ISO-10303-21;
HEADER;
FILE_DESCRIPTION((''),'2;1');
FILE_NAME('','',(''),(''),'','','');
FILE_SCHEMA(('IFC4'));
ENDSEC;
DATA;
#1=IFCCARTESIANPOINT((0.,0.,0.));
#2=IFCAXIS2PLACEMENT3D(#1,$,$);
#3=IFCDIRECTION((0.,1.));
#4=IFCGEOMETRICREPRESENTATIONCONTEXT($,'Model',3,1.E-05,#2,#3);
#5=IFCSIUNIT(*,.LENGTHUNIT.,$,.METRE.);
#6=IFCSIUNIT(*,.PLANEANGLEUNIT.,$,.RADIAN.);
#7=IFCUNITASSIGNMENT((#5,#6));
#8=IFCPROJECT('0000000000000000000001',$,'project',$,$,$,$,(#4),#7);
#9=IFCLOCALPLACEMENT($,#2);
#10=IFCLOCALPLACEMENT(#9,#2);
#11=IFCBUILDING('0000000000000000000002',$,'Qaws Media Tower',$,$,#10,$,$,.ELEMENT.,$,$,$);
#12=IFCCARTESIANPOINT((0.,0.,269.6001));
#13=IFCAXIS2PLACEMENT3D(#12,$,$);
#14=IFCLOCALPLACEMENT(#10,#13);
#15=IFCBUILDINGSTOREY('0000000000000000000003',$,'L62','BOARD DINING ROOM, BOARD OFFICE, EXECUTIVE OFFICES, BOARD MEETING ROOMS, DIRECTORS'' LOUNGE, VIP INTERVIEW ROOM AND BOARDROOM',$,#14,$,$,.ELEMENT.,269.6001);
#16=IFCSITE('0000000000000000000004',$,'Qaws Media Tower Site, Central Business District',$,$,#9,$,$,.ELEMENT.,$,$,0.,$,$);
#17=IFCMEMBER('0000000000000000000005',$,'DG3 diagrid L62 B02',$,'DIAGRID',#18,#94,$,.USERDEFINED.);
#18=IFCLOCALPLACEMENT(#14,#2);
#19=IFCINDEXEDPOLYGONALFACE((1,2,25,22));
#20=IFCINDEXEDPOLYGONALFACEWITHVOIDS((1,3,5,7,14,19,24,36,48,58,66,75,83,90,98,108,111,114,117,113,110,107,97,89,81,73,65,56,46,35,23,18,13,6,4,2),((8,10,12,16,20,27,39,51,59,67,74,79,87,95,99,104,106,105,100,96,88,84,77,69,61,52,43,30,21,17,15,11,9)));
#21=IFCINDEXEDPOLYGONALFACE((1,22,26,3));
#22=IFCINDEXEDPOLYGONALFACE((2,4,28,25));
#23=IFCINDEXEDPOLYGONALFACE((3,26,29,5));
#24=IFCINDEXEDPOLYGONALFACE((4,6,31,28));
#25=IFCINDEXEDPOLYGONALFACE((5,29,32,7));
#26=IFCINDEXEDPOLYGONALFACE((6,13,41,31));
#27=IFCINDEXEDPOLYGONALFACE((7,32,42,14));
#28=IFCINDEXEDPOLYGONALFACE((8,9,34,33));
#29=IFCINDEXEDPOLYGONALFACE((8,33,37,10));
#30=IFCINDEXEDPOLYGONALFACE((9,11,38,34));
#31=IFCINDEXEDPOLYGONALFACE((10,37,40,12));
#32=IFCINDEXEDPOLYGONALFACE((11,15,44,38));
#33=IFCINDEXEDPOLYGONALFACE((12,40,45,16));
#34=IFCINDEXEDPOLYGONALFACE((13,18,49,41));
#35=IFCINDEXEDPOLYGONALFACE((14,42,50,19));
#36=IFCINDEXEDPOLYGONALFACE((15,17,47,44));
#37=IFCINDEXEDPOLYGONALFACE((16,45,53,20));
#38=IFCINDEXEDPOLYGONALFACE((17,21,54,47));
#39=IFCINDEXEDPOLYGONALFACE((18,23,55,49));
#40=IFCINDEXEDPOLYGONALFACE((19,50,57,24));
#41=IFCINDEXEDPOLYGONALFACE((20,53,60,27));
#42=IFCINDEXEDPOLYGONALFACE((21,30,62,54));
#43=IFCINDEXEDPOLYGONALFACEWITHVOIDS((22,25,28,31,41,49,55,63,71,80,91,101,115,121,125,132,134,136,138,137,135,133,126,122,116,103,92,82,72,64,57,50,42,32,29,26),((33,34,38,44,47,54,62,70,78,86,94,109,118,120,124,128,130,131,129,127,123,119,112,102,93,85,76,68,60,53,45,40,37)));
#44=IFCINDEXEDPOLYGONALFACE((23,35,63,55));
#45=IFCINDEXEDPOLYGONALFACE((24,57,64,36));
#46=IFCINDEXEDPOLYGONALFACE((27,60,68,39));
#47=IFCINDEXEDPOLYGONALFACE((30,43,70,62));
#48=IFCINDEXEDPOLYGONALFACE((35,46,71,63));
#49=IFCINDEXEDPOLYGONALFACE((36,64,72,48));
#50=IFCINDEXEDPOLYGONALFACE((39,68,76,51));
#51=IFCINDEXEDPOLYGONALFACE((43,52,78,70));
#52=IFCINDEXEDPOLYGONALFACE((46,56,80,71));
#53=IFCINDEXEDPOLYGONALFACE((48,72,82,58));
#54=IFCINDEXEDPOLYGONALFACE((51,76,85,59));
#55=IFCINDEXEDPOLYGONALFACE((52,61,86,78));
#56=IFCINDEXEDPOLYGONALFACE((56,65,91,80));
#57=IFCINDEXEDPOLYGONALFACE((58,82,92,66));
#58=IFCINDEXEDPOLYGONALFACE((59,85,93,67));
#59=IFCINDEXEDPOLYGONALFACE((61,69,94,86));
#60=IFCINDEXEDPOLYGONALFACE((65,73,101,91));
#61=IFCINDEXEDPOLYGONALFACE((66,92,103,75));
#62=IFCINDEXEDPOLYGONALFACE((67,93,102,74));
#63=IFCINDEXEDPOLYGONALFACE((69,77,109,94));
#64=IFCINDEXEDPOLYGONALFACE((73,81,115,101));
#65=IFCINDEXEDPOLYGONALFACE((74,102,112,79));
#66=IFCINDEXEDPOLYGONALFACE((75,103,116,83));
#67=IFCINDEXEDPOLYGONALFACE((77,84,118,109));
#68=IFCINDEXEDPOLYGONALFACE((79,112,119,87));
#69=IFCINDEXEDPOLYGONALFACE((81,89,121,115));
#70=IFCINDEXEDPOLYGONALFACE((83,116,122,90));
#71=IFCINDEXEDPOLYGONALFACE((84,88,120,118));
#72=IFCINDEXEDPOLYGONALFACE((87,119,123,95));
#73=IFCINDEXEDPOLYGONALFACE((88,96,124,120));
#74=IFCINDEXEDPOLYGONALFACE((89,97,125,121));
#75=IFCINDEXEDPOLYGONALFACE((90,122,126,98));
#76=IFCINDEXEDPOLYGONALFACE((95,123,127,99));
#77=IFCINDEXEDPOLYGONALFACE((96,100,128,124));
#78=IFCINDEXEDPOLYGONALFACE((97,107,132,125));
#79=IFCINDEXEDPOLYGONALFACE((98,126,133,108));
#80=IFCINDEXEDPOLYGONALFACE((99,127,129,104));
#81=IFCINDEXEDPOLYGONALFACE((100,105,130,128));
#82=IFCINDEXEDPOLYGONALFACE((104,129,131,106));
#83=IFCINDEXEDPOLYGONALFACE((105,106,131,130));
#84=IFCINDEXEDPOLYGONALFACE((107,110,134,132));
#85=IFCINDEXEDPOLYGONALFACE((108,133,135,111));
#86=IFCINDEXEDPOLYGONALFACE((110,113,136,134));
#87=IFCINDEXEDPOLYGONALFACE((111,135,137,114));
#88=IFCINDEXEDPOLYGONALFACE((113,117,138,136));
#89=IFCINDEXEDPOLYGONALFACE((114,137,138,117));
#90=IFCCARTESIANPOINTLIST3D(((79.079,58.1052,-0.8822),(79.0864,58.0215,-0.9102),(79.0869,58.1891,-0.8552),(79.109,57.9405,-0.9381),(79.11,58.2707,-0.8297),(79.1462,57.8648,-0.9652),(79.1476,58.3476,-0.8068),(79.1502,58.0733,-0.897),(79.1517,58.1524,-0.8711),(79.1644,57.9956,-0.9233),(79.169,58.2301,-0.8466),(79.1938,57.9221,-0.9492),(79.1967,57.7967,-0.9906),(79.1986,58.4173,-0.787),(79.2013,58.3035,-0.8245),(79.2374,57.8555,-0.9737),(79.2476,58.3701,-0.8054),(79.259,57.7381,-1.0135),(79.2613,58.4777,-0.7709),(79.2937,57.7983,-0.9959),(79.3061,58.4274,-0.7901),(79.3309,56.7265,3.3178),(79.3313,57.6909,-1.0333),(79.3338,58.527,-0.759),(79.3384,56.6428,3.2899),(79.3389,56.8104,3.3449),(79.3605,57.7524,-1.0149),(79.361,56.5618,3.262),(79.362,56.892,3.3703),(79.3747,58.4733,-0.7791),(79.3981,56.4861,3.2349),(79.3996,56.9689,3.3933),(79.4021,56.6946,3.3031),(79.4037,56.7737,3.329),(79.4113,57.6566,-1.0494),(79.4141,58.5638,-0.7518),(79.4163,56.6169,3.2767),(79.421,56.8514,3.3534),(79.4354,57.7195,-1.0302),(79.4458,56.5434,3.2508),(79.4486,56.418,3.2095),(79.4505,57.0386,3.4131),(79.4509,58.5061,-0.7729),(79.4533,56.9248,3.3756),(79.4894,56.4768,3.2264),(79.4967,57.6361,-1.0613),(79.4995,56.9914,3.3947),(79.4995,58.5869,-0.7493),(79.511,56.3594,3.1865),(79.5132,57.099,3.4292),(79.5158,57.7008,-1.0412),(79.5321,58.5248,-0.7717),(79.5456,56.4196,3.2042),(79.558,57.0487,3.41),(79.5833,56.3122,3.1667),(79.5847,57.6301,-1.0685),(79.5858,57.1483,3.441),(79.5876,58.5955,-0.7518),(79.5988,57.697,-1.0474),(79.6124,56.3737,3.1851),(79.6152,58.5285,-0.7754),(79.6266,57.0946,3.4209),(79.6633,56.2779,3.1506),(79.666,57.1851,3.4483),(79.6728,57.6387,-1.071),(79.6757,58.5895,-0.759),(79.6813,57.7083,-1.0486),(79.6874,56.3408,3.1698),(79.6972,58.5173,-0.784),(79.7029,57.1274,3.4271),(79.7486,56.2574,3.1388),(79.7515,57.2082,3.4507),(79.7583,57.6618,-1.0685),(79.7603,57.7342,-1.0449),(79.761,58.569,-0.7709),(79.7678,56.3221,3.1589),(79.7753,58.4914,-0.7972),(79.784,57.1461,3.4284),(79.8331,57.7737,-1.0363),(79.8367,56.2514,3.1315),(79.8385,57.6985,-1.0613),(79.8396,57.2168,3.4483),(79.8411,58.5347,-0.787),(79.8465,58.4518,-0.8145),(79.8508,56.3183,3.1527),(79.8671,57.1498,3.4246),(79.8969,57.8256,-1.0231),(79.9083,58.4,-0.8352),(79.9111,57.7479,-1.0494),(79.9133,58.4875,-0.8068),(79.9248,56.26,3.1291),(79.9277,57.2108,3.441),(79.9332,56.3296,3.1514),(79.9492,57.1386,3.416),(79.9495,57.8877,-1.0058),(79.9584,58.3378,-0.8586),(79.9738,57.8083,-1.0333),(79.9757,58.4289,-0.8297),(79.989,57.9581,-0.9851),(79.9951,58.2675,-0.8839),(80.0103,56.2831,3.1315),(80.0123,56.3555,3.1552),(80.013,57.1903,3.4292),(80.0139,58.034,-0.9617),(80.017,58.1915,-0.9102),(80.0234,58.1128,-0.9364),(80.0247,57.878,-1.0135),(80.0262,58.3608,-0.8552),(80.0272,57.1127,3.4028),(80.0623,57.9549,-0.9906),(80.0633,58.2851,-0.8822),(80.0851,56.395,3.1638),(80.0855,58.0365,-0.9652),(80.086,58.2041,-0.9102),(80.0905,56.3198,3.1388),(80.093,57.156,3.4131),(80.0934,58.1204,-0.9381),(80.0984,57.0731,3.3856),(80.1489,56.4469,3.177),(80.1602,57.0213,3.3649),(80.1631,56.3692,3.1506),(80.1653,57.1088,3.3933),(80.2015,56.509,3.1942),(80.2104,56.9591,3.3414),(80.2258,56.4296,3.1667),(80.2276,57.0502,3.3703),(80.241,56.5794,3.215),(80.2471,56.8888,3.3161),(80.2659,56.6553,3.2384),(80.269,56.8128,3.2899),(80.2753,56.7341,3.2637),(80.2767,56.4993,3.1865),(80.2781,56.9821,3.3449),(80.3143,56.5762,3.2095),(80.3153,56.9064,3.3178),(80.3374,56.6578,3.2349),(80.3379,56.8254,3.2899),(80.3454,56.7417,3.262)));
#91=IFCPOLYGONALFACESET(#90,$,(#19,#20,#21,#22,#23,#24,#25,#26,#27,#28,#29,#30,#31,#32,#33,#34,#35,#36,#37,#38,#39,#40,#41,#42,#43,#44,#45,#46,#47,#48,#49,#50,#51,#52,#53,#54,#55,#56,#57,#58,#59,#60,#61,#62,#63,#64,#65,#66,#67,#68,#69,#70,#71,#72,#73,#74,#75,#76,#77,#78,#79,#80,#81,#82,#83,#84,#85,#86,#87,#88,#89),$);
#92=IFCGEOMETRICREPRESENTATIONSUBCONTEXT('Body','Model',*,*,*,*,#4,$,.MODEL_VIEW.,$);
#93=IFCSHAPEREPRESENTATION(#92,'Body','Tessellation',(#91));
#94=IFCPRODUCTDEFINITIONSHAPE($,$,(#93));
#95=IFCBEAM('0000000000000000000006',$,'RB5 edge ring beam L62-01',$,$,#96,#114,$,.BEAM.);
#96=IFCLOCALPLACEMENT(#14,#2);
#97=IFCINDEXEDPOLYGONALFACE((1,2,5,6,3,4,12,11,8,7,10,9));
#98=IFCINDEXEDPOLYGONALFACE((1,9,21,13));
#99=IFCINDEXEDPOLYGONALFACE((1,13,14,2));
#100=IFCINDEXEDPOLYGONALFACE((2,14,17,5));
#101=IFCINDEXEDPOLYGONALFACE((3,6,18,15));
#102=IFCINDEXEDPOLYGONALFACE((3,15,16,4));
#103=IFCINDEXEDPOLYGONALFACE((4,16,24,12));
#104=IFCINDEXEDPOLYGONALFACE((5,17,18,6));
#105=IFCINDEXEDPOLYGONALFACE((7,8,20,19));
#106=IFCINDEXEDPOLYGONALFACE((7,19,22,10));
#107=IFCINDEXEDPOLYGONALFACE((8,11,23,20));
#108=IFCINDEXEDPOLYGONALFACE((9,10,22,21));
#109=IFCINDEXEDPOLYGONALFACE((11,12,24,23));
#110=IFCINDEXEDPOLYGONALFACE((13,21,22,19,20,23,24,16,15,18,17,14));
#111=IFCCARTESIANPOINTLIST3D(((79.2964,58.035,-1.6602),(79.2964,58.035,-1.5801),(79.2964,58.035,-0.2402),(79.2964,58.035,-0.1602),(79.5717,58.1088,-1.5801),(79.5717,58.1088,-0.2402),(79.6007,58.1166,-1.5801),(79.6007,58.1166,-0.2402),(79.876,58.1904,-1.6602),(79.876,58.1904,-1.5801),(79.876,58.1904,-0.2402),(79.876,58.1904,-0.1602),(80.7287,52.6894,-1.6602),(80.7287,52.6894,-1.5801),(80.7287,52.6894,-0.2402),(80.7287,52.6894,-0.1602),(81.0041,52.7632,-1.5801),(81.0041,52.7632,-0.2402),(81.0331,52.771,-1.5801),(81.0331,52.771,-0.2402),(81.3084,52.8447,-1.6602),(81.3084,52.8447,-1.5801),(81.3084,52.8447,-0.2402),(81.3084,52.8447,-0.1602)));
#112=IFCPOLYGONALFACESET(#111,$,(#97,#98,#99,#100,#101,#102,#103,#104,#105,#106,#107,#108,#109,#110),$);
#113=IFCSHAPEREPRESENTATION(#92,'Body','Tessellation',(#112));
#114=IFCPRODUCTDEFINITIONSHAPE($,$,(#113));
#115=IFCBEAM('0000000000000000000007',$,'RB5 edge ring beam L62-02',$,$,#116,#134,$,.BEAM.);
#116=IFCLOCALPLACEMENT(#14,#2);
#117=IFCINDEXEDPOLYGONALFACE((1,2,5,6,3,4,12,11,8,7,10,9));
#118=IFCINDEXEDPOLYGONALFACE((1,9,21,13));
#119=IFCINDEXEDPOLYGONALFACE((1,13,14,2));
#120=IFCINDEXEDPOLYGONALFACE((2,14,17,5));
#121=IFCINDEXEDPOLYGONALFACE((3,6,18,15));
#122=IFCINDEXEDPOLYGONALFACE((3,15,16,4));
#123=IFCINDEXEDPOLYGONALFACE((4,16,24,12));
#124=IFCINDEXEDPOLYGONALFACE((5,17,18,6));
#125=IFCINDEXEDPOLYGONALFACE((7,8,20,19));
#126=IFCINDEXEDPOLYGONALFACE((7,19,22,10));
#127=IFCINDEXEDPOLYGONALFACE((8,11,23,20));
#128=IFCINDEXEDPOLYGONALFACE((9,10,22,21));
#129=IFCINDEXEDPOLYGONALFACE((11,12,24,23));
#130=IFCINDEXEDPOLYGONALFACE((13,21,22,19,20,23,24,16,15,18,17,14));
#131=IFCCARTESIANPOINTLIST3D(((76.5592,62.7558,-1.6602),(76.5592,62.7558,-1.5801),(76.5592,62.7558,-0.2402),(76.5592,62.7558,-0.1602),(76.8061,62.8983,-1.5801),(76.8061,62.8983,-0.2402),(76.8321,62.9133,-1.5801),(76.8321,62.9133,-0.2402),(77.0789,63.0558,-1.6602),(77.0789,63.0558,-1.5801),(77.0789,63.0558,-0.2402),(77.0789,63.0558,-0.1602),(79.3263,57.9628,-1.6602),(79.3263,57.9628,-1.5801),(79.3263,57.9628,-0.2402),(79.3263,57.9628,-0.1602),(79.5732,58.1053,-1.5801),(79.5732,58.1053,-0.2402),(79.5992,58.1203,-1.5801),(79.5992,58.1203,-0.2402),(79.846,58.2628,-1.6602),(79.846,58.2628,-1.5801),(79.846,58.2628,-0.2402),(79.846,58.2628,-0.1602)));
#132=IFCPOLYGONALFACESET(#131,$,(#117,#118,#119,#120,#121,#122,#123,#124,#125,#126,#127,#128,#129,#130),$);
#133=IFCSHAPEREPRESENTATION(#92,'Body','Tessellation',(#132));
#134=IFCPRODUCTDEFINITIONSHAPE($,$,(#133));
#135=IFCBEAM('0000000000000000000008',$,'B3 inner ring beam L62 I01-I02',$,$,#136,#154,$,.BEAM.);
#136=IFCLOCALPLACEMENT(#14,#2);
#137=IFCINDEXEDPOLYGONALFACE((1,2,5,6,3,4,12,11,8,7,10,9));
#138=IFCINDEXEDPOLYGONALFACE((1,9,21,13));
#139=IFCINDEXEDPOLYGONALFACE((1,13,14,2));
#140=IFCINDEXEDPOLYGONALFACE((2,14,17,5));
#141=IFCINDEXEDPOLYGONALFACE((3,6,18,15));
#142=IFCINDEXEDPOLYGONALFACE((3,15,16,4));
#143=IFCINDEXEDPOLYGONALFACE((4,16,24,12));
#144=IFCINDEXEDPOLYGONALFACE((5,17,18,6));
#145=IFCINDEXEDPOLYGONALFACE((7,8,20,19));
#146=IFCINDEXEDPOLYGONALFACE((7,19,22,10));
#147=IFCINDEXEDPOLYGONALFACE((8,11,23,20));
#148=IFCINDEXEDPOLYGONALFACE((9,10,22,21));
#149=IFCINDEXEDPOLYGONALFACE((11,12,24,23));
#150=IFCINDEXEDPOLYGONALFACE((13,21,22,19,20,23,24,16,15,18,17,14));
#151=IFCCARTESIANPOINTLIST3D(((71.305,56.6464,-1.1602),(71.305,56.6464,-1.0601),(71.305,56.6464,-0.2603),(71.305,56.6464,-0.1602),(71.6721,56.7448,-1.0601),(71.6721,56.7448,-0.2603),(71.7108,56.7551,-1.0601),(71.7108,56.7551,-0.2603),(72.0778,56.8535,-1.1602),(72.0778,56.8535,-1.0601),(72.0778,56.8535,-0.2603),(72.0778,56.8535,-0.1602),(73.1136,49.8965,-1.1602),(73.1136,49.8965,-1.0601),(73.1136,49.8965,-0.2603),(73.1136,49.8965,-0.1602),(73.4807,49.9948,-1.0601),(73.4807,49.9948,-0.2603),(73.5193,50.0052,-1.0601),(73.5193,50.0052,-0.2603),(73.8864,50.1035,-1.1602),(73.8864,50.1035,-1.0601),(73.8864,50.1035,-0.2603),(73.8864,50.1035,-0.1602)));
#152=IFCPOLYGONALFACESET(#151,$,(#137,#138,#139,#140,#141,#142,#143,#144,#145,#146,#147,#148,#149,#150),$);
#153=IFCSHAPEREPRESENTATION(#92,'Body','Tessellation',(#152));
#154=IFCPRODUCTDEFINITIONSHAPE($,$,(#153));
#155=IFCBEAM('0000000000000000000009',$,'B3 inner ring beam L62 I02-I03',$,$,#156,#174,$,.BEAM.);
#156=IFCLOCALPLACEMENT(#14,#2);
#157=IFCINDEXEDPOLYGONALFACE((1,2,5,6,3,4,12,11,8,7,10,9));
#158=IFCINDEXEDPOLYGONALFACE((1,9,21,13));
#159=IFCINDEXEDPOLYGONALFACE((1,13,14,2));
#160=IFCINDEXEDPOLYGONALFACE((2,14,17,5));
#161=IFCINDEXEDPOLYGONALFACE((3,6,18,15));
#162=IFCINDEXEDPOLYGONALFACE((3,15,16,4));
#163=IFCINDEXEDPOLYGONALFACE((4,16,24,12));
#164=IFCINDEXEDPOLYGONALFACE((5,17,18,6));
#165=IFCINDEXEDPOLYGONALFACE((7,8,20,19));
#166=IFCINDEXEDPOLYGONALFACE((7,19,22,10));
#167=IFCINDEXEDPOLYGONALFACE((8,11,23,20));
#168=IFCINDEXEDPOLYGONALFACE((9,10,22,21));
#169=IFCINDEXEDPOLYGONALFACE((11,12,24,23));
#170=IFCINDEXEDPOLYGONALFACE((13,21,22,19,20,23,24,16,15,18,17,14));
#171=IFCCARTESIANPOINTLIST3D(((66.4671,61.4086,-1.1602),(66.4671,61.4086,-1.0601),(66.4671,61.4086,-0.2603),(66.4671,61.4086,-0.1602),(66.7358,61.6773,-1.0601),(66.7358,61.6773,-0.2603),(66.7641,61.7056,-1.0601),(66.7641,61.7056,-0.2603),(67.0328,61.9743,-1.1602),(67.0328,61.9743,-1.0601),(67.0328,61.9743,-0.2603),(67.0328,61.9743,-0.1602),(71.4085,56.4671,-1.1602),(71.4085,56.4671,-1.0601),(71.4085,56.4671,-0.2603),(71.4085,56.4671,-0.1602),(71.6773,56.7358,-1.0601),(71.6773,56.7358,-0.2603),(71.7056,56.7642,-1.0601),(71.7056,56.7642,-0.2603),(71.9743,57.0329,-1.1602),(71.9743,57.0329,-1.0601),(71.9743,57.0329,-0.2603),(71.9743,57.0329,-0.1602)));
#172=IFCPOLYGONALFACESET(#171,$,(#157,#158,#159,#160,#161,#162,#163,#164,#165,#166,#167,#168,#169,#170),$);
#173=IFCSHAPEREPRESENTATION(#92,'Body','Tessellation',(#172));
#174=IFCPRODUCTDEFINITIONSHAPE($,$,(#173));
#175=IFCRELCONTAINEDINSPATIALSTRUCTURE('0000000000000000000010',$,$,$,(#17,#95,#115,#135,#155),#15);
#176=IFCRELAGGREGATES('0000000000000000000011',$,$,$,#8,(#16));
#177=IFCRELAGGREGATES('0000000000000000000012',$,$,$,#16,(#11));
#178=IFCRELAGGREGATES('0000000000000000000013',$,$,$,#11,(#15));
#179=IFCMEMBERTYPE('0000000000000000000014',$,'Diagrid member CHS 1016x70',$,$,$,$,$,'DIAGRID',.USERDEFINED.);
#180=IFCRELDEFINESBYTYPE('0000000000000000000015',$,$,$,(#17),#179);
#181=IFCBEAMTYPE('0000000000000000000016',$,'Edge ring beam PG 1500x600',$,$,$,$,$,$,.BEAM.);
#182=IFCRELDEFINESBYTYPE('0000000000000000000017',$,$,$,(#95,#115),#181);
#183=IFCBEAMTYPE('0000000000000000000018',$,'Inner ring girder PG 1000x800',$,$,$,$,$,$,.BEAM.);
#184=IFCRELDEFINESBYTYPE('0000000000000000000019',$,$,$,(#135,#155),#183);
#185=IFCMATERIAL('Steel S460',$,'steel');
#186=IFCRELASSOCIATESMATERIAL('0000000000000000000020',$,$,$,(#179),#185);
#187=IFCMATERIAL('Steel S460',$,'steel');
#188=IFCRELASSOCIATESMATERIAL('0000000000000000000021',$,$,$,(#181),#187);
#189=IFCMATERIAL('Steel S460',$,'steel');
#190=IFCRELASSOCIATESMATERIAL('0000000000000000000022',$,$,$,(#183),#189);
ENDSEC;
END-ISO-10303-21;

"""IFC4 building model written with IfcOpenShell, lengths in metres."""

from ifc_helpers import new_model, si_unit, direction, frame, origin, origin_2d, place, context, subcontext, project, spatial, hollow_circle, i_section, extrude, material, material_profile, profile_set, type_object, element, save


model = new_model("IFC4")

# Units and contexts
model_context = context("Model", 3, precision=1e-05, world=origin(), true_north=direction((0.0, 1.0)))
body_context = subcontext(model_context, "Body", "Model", "MODEL_VIEW")
ifc_project = project(units=[si_unit("LENGTHUNIT", "METRE"), si_unit("PLANEANGLEUNIT", "RADIAN")], contexts=[model_context])

# Site, building, storey
site_placement = place(None, origin())
site = spatial("IfcSite", under=ifc_project, at=site_placement, Name="Qaws Media Tower Site, Central Business District", CompositionType="ELEMENT", RefElevation=0.0)
building_placement = place(site_placement, origin())
building = spatial("IfcBuilding", under=site, at=building_placement, Name="Qaws Media Tower", CompositionType="ELEMENT")
storey_placement = place(building_placement, frame((0.0, 0.0, 269.6001)))
storey = spatial("IfcBuildingStorey", under=building, at=storey_placement, Name="L62", Description="BOARD DINING ROOM, BOARD OFFICE, EXECUTIVE OFFICES, BOARD MEETING ROOMS, DIRECTORS' LOUNGE, VIP INTERVIEW ROOM AND BOARDROOM", CompositionType="ELEMENT", Elevation=269.6001)

# Member
ifc_material_1 = material(Name="Steel S460", Category="steel")
ifc_material_profile_1 = material_profile(ifc_material_1, hollow_circle(Radius=0.5081, WallThickness=0.0701, at=origin_2d()), Name="CHS 1016x70")
ifc_profile_set_1 = profile_set([ifc_material_profile_1], Name="Steel S460")
member_type_1 = type_object("IfcMemberType", Name="Diagrid member CHS 1016x70", ElementType="DIAGRID", PredefinedType="USERDEFINED", material=ifc_profile_set_1)
for number, where, z_axis, x_axis, name in (
    (1, (79.5862, 58.1128, -0.9102), (0.056905, -0.311378, 0.948581), (0.983708, 0.179774, 0.0), "DG3 diagrid L62 B02"),
):
    element("IfcMember", number, at=place(storey_placement, frame(where, z_axis=z_axis, x_axis=x_axis)), inside=storey, type_object=member_type_1, Name=name, ObjectType="DIAGRID", PredefinedType="USERDEFINED", context=body_context, shape_type="SweptSolid", body=[
        extrude(hollow_circle(Radius=0.5081, WallThickness=0.0701, at=origin_2d()), origin(), (0.0, 0.0, 1.0), 4.4277),
    ])

# Beams
ifc_material_2 = material(Name="Steel S460", Category="steel")
ifc_material_profile_2 = material_profile(ifc_material_2, i_section(OverallWidth=0.6001, OverallDepth=1.5, WebThickness=0.03, FlangeThickness=0.0801, at=origin_2d()), Name="PG 1500x600")
ifc_profile_set_2 = profile_set([ifc_material_profile_2], Name="Steel S460")
beam_type_1 = type_object("IfcBeamType", Name="Edge ring beam PG 1500x600", PredefinedType="BEAM", material=ifc_profile_set_2)
beam_1_placement = place(storey_placement, frame((81.0186, 52.7671, -0.9102), z_axis=(-0.258818, 0.965926, 0.0), x_axis=(-0.965926, -0.258818, 0.0)))
element("IfcBeam", 2, at=beam_1_placement, inside=storey, type_object=beam_type_1, Name="RB5 edge ring beam L62-01", PredefinedType="BEAM", context=body_context, shape_type="SweptSolid", body=[
    extrude(i_section(OverallWidth=0.6001, OverallDepth=1.5, WebThickness=0.03, FlangeThickness=0.0801, at=origin_2d()), origin(), (0.0, 0.0, 1.0), 5.5342),
])
beam_2_placement = place(storey_placement, frame((79.5862, 58.1128, -0.9102), z_axis=(-0.499982, 0.866036, 0.0), x_axis=(-0.866036, -0.499982, 0.0)))
element("IfcBeam", 3, at=beam_2_placement, inside=storey, type_object=beam_type_1, Name="RB5 edge ring beam L62-02", PredefinedType="BEAM", context=body_context, shape_type="SweptSolid", body=[
    extrude(i_section(OverallWidth=0.6001, OverallDepth=1.5, WebThickness=0.03, FlangeThickness=0.0801, at=origin_2d()), origin(), (0.0, 0.0, 1.0), 5.5344),
])
ifc_material_3 = material(Name="Steel S460", Category="steel")
ifc_material_profile_3 = material_profile(ifc_material_3, i_section(OverallWidth=0.8, OverallDepth=1.0, WebThickness=0.04, FlangeThickness=0.1001, at=origin_2d()), Name="PG 1000x800")
ifc_profile_set_3 = profile_set([ifc_material_profile_3], Name="Steel S460")
beam_type_2 = type_object("IfcBeamType", Name="Inner ring girder PG 1000x800", PredefinedType="BEAM", material=ifc_profile_set_3)
beam_3_placement = place(storey_placement, frame((73.5, 50.0, -0.6602), z_axis=(-0.258811, 0.965928, 0.0), x_axis=(-0.965928, -0.258811, 0.0)))
element("IfcBeam", 4, at=beam_3_placement, inside=storey, type_object=beam_type_2, Name="B3 inner ring beam L62 I01-I02", PredefinedType="BEAM", context=body_context, shape_type="SweptSolid", body=[
    extrude(i_section(OverallWidth=0.8, OverallDepth=1.0, WebThickness=0.04, FlangeThickness=0.1001, at=origin_2d()), origin(), (0.0, 0.0, 1.0), 6.988),
])
beam_4_placement = place(storey_placement, frame((71.6914, 56.75, -0.6602), z_axis=(-0.707107, 0.707107, 0.0), x_axis=(-0.707107, -0.707107, 0.0)))
element("IfcBeam", 5, at=beam_4_placement, inside=storey, type_object=beam_type_2, Name="B3 inner ring beam L62 I02-I03", PredefinedType="BEAM", context=body_context, shape_type="SweptSolid", body=[
    extrude(i_section(OverallWidth=0.8, OverallDepth=1.0, WebThickness=0.04, FlangeThickness=0.1001, at=origin_2d()), origin(), (0.0, 0.0, 1.0), 6.9883),
])

save(model, "model.ifc")
